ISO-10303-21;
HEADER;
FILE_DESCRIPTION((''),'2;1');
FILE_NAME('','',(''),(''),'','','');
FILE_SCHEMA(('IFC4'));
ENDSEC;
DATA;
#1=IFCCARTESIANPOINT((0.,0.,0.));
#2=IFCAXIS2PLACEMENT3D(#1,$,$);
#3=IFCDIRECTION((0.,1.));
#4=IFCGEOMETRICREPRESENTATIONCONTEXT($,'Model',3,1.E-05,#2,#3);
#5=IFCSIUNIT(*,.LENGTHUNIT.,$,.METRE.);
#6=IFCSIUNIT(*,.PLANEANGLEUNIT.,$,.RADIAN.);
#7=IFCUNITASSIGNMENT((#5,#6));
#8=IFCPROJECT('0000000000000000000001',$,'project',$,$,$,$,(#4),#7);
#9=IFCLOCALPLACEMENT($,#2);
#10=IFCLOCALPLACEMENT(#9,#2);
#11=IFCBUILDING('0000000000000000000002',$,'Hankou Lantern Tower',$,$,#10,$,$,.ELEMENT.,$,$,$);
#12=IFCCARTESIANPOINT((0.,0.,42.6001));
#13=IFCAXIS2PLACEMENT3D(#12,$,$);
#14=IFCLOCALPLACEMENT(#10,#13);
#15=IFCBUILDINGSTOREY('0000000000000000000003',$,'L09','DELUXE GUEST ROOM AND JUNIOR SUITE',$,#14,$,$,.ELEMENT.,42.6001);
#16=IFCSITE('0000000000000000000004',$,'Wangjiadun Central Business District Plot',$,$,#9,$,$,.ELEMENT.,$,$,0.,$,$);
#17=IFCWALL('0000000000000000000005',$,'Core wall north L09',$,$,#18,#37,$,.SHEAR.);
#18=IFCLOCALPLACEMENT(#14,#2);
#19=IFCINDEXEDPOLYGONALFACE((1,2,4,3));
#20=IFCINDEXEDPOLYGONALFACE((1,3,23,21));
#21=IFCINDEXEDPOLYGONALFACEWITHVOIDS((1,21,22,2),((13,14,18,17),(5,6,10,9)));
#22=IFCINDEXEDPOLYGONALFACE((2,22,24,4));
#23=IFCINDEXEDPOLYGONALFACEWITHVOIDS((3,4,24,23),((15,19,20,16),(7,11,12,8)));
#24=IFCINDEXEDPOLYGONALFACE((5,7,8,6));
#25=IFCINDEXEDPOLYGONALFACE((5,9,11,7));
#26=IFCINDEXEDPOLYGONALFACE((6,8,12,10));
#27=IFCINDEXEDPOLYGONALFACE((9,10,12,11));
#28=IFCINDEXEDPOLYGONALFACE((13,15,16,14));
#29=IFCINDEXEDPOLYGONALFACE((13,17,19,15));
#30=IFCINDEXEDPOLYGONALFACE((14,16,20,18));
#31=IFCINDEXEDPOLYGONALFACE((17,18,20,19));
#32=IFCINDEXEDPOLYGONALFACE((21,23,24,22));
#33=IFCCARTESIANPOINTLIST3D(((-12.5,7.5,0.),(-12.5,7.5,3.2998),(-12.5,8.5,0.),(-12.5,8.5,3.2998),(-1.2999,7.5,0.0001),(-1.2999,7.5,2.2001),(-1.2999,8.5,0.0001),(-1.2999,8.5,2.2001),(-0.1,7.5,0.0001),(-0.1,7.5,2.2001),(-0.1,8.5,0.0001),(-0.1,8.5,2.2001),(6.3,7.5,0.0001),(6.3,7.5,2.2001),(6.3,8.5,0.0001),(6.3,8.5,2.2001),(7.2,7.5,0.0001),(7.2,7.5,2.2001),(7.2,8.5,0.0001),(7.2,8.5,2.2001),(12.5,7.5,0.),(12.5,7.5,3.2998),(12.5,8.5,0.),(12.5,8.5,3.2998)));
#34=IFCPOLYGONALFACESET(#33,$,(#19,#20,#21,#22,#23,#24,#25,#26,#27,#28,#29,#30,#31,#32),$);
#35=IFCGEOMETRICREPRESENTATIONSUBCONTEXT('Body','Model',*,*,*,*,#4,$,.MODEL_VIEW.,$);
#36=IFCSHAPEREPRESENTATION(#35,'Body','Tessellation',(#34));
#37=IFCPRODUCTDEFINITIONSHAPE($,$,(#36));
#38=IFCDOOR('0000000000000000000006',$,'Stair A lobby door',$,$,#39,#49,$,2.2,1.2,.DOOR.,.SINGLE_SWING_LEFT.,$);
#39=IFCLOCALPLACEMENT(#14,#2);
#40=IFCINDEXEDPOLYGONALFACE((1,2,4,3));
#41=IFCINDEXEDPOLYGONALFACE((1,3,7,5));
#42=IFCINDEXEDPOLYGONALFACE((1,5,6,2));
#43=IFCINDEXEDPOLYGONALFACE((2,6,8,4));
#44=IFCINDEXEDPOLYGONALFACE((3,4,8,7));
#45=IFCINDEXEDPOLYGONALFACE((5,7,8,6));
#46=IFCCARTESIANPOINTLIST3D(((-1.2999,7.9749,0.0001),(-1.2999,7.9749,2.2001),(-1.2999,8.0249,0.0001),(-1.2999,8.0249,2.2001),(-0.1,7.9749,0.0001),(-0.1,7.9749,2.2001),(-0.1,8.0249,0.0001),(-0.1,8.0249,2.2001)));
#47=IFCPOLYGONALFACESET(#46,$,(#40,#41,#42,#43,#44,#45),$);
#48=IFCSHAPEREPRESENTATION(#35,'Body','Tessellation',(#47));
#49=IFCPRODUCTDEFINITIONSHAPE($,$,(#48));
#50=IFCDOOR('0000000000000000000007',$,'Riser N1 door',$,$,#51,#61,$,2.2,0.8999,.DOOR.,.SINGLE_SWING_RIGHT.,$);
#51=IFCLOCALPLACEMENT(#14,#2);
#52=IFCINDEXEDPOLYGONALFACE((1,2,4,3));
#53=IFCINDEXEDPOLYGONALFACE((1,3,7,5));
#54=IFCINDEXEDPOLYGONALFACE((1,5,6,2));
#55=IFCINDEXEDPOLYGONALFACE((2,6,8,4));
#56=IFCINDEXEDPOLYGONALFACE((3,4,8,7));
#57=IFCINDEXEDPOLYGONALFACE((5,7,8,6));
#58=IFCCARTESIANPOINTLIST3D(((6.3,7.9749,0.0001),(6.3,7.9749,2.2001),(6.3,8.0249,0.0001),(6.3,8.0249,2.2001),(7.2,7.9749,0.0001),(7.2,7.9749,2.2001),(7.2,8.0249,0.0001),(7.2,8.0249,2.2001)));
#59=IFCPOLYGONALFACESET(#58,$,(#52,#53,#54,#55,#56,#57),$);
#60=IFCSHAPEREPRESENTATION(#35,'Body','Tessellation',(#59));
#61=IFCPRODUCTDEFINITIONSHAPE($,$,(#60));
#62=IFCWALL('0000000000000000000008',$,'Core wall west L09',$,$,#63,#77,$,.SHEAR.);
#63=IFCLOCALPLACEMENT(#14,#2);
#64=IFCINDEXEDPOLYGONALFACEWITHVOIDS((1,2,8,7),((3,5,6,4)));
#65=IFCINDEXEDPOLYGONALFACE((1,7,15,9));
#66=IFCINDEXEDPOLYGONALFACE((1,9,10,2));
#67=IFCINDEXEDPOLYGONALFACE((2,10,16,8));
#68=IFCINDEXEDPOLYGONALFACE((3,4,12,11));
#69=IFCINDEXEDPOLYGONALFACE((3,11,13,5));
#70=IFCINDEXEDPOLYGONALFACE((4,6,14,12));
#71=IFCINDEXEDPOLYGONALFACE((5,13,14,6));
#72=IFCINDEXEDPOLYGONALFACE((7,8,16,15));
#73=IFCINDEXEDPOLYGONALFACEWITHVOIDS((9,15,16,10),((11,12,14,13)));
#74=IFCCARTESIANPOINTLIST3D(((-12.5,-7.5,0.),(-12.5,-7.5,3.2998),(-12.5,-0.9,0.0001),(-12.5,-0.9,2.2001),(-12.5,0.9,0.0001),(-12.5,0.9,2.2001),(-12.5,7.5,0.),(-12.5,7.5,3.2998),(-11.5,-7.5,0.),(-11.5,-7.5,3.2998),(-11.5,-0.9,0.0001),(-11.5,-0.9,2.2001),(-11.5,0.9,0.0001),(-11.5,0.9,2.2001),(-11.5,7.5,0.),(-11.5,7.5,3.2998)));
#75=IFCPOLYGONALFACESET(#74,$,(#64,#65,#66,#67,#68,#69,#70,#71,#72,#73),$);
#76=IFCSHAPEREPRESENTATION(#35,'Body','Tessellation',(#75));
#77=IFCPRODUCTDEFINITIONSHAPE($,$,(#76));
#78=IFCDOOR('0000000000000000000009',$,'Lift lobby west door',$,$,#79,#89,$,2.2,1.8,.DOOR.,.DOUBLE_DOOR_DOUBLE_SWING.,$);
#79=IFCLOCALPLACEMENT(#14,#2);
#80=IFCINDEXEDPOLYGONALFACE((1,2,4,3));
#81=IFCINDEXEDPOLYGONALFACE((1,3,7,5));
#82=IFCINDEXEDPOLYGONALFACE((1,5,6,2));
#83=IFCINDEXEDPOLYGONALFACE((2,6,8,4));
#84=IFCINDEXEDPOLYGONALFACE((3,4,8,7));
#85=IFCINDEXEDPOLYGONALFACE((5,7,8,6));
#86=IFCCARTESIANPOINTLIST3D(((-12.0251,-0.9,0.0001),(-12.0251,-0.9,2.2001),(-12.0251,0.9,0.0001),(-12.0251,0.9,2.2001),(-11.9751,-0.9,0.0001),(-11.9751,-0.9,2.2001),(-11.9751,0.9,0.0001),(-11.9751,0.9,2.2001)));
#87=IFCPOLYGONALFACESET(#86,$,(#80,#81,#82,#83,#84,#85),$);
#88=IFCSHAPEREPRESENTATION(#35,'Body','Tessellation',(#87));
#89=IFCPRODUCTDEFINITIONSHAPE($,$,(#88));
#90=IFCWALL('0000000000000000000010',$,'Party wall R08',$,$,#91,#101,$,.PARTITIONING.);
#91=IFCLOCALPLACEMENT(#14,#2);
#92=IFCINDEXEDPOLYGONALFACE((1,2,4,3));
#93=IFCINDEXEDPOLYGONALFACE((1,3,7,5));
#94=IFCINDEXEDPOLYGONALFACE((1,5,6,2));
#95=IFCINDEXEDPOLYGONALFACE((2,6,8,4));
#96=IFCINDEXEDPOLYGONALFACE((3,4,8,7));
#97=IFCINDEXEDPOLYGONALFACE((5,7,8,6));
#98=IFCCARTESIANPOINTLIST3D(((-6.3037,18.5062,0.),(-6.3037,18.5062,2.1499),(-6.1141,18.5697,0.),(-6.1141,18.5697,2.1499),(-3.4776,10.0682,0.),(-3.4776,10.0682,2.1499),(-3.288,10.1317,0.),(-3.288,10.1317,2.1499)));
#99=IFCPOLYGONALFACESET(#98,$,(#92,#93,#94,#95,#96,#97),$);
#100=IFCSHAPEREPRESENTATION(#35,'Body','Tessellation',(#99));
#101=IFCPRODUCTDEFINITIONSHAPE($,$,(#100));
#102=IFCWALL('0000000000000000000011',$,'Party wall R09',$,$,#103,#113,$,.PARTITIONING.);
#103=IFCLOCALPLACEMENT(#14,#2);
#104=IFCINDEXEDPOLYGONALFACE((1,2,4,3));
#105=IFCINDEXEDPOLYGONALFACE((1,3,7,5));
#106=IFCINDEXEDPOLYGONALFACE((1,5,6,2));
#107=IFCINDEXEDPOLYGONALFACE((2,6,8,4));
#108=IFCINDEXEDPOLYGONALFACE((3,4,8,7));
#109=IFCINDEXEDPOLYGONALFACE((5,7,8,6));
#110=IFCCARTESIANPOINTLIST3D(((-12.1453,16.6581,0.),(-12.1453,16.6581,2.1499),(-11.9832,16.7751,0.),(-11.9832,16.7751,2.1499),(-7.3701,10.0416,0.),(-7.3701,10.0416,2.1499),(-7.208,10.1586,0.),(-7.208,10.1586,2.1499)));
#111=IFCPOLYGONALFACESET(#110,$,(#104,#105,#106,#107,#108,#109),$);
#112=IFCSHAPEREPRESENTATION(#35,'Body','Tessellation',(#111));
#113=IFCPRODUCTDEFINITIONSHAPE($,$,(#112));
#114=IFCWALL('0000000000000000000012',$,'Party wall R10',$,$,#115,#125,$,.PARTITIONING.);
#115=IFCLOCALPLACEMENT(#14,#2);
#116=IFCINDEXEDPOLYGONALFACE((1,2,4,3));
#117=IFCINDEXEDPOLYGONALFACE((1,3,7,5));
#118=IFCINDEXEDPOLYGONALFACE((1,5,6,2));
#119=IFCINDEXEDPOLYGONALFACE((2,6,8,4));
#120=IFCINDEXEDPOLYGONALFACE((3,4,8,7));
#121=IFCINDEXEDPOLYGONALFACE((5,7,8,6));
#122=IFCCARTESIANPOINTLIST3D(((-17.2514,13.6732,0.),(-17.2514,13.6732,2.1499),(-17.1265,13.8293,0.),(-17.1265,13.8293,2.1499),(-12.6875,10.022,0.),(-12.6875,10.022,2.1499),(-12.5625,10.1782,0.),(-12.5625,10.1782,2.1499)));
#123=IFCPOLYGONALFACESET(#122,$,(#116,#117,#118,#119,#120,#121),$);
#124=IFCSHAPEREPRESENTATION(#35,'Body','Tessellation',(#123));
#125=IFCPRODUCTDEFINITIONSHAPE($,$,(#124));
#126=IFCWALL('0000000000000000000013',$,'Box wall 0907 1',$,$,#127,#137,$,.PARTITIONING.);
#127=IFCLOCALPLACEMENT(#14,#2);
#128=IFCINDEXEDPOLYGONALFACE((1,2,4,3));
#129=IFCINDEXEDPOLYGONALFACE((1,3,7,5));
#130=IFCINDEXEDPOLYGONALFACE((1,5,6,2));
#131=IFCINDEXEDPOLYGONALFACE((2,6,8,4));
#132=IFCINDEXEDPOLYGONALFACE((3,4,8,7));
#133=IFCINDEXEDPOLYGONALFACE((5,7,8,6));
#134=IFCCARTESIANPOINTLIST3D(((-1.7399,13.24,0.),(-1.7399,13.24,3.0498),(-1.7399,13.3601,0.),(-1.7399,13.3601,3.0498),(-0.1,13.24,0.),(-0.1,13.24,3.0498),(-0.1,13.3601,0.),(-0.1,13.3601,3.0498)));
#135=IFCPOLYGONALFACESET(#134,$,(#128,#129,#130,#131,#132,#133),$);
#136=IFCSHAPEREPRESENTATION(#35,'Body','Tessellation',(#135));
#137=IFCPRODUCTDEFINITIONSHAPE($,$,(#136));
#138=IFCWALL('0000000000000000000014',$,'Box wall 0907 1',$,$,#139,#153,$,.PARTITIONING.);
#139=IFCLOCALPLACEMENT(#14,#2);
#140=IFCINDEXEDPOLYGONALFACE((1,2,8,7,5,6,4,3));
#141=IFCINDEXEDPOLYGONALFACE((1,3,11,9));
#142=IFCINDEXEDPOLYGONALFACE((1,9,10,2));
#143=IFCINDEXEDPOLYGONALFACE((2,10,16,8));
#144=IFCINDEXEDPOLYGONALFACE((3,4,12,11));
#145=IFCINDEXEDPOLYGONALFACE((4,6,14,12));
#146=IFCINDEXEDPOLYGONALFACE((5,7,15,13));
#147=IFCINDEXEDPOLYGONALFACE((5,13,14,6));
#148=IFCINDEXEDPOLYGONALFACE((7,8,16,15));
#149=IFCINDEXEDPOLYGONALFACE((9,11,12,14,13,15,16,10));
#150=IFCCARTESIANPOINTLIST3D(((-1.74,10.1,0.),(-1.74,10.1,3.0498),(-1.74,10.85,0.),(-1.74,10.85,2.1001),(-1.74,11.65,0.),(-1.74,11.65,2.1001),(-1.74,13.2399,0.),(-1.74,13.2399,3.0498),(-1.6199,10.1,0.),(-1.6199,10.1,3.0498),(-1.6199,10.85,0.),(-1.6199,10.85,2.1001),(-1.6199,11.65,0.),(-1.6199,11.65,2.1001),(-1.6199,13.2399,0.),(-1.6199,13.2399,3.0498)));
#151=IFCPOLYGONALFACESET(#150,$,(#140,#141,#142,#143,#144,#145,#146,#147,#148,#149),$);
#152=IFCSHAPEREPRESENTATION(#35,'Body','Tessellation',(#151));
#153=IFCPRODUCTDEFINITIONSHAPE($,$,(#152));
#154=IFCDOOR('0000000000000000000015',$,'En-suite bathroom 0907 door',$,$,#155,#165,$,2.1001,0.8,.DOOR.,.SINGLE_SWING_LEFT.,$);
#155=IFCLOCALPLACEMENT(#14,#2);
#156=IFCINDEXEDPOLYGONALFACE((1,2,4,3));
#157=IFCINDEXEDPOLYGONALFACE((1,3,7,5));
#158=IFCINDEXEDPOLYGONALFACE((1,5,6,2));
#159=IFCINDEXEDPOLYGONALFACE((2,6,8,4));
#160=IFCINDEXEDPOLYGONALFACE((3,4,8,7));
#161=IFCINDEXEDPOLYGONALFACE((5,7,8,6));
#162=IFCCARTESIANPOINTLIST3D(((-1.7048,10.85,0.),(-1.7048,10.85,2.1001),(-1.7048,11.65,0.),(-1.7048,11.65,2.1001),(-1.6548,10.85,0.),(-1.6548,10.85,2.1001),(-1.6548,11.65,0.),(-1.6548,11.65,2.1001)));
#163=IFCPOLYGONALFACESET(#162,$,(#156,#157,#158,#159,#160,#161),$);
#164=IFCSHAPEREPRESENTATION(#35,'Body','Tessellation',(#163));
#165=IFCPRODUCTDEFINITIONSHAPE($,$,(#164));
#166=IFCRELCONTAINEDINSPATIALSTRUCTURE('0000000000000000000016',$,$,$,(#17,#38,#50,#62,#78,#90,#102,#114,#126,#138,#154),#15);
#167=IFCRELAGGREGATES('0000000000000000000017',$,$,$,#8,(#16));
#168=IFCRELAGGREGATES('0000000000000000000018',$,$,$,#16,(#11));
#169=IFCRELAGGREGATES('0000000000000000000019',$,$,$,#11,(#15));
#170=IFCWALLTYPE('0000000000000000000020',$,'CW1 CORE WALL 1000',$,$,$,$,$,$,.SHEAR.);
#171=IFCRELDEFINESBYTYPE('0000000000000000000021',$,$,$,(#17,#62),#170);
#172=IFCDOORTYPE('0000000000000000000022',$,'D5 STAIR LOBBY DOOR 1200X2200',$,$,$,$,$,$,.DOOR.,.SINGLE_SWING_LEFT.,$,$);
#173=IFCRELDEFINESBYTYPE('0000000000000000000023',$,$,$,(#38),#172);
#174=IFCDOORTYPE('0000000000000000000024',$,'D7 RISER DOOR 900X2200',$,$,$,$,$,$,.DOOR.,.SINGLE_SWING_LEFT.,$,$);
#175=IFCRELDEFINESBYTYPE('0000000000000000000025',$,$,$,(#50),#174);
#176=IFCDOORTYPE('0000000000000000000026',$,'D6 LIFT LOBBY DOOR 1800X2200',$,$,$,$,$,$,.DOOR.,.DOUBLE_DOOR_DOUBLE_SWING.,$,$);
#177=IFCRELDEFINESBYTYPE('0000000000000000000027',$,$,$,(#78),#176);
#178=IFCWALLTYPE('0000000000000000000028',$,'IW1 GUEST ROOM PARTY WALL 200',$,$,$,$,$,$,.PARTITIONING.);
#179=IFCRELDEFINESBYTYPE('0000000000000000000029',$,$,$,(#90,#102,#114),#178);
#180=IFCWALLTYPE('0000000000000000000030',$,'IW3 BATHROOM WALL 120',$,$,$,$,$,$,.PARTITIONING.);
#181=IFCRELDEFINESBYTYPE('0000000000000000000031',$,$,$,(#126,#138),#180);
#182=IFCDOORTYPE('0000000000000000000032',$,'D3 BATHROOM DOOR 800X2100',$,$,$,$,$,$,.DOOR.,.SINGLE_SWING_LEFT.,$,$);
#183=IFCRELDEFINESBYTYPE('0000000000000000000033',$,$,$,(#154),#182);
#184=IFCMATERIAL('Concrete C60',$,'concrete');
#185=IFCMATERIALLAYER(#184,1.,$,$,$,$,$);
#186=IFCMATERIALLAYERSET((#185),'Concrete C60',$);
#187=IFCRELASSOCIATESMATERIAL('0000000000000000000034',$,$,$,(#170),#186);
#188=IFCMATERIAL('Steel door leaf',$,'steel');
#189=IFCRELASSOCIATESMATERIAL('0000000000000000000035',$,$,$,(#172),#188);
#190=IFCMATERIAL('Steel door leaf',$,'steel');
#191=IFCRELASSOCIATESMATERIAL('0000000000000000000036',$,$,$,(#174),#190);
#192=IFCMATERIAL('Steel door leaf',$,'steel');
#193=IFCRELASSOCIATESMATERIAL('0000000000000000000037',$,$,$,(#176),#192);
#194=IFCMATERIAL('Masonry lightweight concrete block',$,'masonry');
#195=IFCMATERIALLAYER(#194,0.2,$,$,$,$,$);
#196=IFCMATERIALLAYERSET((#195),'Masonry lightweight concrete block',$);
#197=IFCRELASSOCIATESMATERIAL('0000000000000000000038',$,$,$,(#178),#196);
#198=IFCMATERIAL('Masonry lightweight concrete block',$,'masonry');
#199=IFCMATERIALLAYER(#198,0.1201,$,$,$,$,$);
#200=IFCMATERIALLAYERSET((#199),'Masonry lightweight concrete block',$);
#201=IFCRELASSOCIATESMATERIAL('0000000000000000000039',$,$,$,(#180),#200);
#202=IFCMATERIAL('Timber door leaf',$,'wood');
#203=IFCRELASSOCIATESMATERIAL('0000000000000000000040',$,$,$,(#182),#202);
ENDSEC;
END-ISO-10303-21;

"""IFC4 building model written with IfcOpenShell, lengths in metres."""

from ifc_helpers import new_model, si_unit, direction, frame, frame_2d, origin, place, context, subcontext, project, spatial, rectangle, extrude, material, layer, layer_set, type_object, element, fill, save


model = new_model("IFC4")

# Units and contexts
model_context = context("Model", 3, precision=1e-05, world=origin(), true_north=direction((0.0, 1.0)))
body_context = subcontext(model_context, "Body", "Model", "MODEL_VIEW")
ifc_project = project(units=[si_unit("LENGTHUNIT", "METRE"), si_unit("PLANEANGLEUNIT", "RADIAN")], contexts=[model_context])

# Site, building, storey
site_placement = place(None, origin())
site = spatial("IfcSite", under=ifc_project, at=site_placement, Name="Wangjiadun Central Business District Plot", CompositionType="ELEMENT", RefElevation=0.0)
building_placement = place(site_placement, origin())
building = spatial("IfcBuilding", under=site, at=building_placement, Name="Hankou Lantern Tower", CompositionType="ELEMENT")
storey_placement = place(building_placement, frame((0.0, 0.0, 42.6001)))
storey = spatial("IfcBuildingStorey", under=building, at=storey_placement, Name="L09", Description="DELUXE GUEST ROOM AND JUNIOR SUITE", CompositionType="ELEMENT", Elevation=42.6001)

# Wall, openings, doors
ifc_material_1 = material(Name="Concrete C60", Category="concrete")
ifc_layer_1 = layer(ifc_material_1, 1.0)
ifc_layer_set_1 = layer_set([ifc_layer_1], Name="Concrete C60")
wall_type_1 = type_object("IfcWallType", Name="CW1 CORE WALL 1000", PredefinedType="SHEAR", material=ifc_layer_set_1)
wall_1_placement = place(storey_placement, frame((-12.5, 8.0, 0.0), z_axis=(0.0, 0.0, 1.0), x_axis=(1.0, 0.0, 0.0)))
wall_1 = element("IfcWall", 1, at=wall_1_placement, inside=storey, type_object=wall_type_1, Name="Core wall north L09", PredefinedType="SHEAR", context=body_context, shape_type="SweptSolid", body=[
    extrude(rectangle(XDim=25.0, YDim=1.0, at=frame_2d((12.5, 0.0))), origin(), (0.0, 0.0, 1.0), 3.2998),
])
opening_1_placement = place(wall_1_placement, frame((11.2, 0.0, 0.0)))
opening_1 = element("IfcOpeningElement", 2, at=opening_1_placement, cuts=wall_1, PredefinedType="OPENING", context=body_context, shape_type="SweptSolid", body=[
    extrude(rectangle(XDim=1.2, YDim=2.2, at=frame_2d((0.6001, 1.1001))), frame((0.0, 0.51, 0.0), z_axis=(0.0, -1.0, 0.0), x_axis=(1.0, 0.0, 0.0)), (0.0, 0.0, 1.0), 1.02),
])
opening_2_placement = place(wall_1_placement, frame((18.8, 0.0, 0.0)))
opening_2 = element("IfcOpeningElement", 3, at=opening_2_placement, cuts=wall_1, PredefinedType="OPENING", context=body_context, shape_type="SweptSolid", body=[
    extrude(rectangle(XDim=0.8999, YDim=2.2, at=frame_2d((0.45, 1.1001))), frame((0.0, 0.51, 0.0), z_axis=(0.0, -1.0, 0.0), x_axis=(1.0, 0.0, 0.0)), (0.0, 0.0, 1.0), 1.02),
])
ifc_material_2 = material(Name="Steel door leaf", Category="steel")
door_type_1 = type_object("IfcDoorType", Name="D5 STAIR LOBBY DOOR 1200X2200", OperationType="SINGLE_SWING_LEFT", PredefinedType="DOOR", material=ifc_material_2)
door_1_placement = place(opening_1_placement, origin())
door_1 = element("IfcDoor", 4, at=door_1_placement, inside=storey, type_object=door_type_1, Name="Stair A lobby door", OperationType="SINGLE_SWING_LEFT", OverallHeight=2.2, OverallWidth=1.2, PredefinedType="DOOR", context=body_context, shape_type="SweptSolid", body=[
    extrude(rectangle(XDim=1.2, YDim=2.2, at=frame_2d((0.6001, 1.1001))), frame((0.0, 0.0249, 0.0), z_axis=(0.0, -1.0, 0.0), x_axis=(1.0, 0.0, 0.0)), (0.0, 0.0, 1.0), 0.05),
])
fill(opening_1, door_1)
ifc_material_3 = material(Name="Steel door leaf", Category="steel")
door_type_2 = type_object("IfcDoorType", Name="D7 RISER DOOR 900X2200", OperationType="SINGLE_SWING_LEFT", PredefinedType="DOOR", material=ifc_material_3)
door_2_placement = place(opening_2_placement, origin())
door_2 = element("IfcDoor", 5, at=door_2_placement, inside=storey, type_object=door_type_2, Name="Riser N1 door", OperationType="SINGLE_SWING_RIGHT", OverallHeight=2.2, OverallWidth=0.8999, PredefinedType="DOOR", context=body_context, shape_type="SweptSolid", body=[
    extrude(rectangle(XDim=0.8999, YDim=2.2, at=frame_2d((0.45, 1.1001))), frame((0.0, 0.0249, 0.0), z_axis=(0.0, -1.0, 0.0), x_axis=(1.0, 0.0, 0.0)), (0.0, 0.0, 1.0), 0.05),
])
fill(opening_2, door_2)

# Wall, opening, door
wall_2_placement = place(storey_placement, frame((-12.0, 7.5, 0.0), z_axis=(0.0, 0.0, 1.0), x_axis=(0.0, -1.0, 0.0)))
wall_2 = element("IfcWall", 6, at=wall_2_placement, inside=storey, type_object=wall_type_1, Name="Core wall west L09", PredefinedType="SHEAR", context=body_context, shape_type="SweptSolid", body=[
    extrude(rectangle(XDim=15.0, YDim=1.0, at=frame_2d((7.5, 0.0))), origin(), (0.0, 0.0, 1.0), 3.2998),
])
opening_3_placement = place(wall_2_placement, frame((6.6001, 0.0, 0.0)))
opening_3 = element("IfcOpeningElement", 7, at=opening_3_placement, cuts=wall_2, PredefinedType="OPENING", context=body_context, shape_type="SweptSolid", body=[
    extrude(rectangle(XDim=1.8, YDim=2.2, at=frame_2d((0.8999, 1.1001))), frame((0.0, 0.51, 0.0), z_axis=(0.0, -1.0, 0.0), x_axis=(1.0, 0.0, 0.0)), (0.0, 0.0, 1.0), 1.02),
])
ifc_material_4 = material(Name="Steel door leaf", Category="steel")
door_type_3 = type_object("IfcDoorType", Name="D6 LIFT LOBBY DOOR 1800X2200", OperationType="DOUBLE_DOOR_DOUBLE_SWING", PredefinedType="DOOR", material=ifc_material_4)
door_3_placement = place(opening_3_placement, origin())
door_3 = element("IfcDoor", 8, at=door_3_placement, inside=storey, type_object=door_type_3, Name="Lift lobby west door", OperationType="DOUBLE_DOOR_DOUBLE_SWING", OverallHeight=2.2, OverallWidth=1.8, PredefinedType="DOOR", context=body_context, shape_type="SweptSolid", body=[
    extrude(rectangle(XDim=1.8, YDim=2.2, at=frame_2d((0.8999, 1.1001))), frame((0.0, 0.0249, 0.0), z_axis=(0.0, -1.0, 0.0), x_axis=(1.0, 0.0, 0.0)), (0.0, 0.0, 1.0), 0.05),
])
fill(opening_3, door_3)

# Walls
ifc_material_5 = material(Name="Masonry lightweight concrete block", Category="masonry")
ifc_layer_2 = layer(ifc_material_5, 0.2)
ifc_layer_set_2 = layer_set([ifc_layer_2], Name="Masonry lightweight concrete block")
wall_type_2 = type_object("IfcWallType", Name="IW1 GUEST ROOM PARTY WALL 200", PredefinedType="PARTITIONING", material=ifc_layer_set_2)
wall_3_placement = place(storey_placement, frame((-3.3828, 10.1001, 0.0), z_axis=(0.0, 0.0, 1.0), x_axis=(-0.317594, 0.948227, 0.0)))
element("IfcWall", 9, at=wall_3_placement, inside=storey, type_object=wall_type_2, Name="Party wall R08", PredefinedType="PARTITIONING", context=body_context, shape_type="SweptSolid", body=[
    extrude(rectangle(XDim=8.8987, YDim=0.2, at=frame_2d((4.4492, 0.0))), origin(), (0.0, 0.0, 1.0), 2.1499),
])
wall_4_placement = place(storey_placement, frame((-7.2891, 10.1001, 0.0), z_axis=(0.0, 0.0, 1.0), x_axis=(-0.585216, 0.810877, 0.0)))
element("IfcWall", 10, at=wall_4_placement, inside=storey, type_object=wall_type_2, Name="Party wall R09", PredefinedType="PARTITIONING", context=body_context, shape_type="SweptSolid", body=[
    extrude(rectangle(XDim=8.1597, YDim=0.2, at=frame_2d((4.0798, 0.0))), origin(), (0.0, 0.0, 1.0), 2.1499),
])
wall_5_placement = place(storey_placement, frame((-12.625, 10.1001, 0.0), z_axis=(0.0, 0.0, 1.0), x_axis=(-0.780873, 0.62469, 0.0)))
element("IfcWall", 11, at=wall_5_placement, inside=storey, type_object=wall_type_2, Name="Party wall R10", PredefinedType="PARTITIONING", context=body_context, shape_type="SweptSolid", body=[
    extrude(rectangle(XDim=5.8447, YDim=0.2, at=frame_2d((2.9224, 0.0))), origin(), (0.0, 0.0, 1.0), 2.1499),
])
ifc_material_6 = material(Name="Masonry lightweight concrete block", Category="masonry")
ifc_layer_3 = layer(ifc_material_6, 0.1201)
ifc_layer_set_3 = layer_set([ifc_layer_3], Name="Masonry lightweight concrete block")
wall_type_3 = type_object("IfcWallType", Name="IW3 BATHROOM WALL 120", PredefinedType="PARTITIONING", material=ifc_layer_set_3)
wall_6_placement = place(storey_placement, frame((-0.1001, 13.3, 0.0), z_axis=(0.0, 0.0, 1.0), x_axis=(-1.0, 0.0, 0.0)))
element("IfcWall", 12, at=wall_6_placement, inside=storey, type_object=wall_type_3, Name="Box wall 0907 1", PredefinedType="PARTITIONING", context=body_context, shape_type="SweptSolid", body=[
    extrude(rectangle(XDim=1.6399, YDim=0.1201, at=frame_2d((0.8198, 0.0))), origin(), (0.0, 0.0, 1.0), 3.0498),
])

# Wall, opening, door
wall_7_placement = place(storey_placement, frame((-1.6799, 10.1001, 0.0), z_axis=(0.0, 0.0, 1.0), x_axis=(0.0, 1.0, 0.0)))
wall_7 = element("IfcWall", 13, at=wall_7_placement, inside=storey, type_object=wall_type_3, Name="Box wall 0907 1", PredefinedType="PARTITIONING", context=body_context, shape_type="SweptSolid", body=[
    extrude(rectangle(XDim=3.1399, YDim=0.1201, at=frame_2d((1.5698, 0.0))), origin(), (0.0, 0.0, 1.0), 3.0498),
])
opening_4_placement = place(wall_7_placement, frame((0.75, 0.0, 0.0)))
opening_4 = element("IfcOpeningElement", 14, at=opening_4_placement, cuts=wall_7, PredefinedType="OPENING", context=body_context, shape_type="SweptSolid", body=[
    extrude(rectangle(XDim=0.8, YDim=2.1001, at=frame_2d((0.3999, 1.05))), frame((0.0, 0.0701, 0.0), z_axis=(0.0, -1.0, 0.0), x_axis=(1.0, 0.0, 0.0)), (0.0, 0.0, 1.0), 0.1401),
])
ifc_material_7 = material(Name="Timber door leaf", Category="wood")
door_type_4 = type_object("IfcDoorType", Name="D3 BATHROOM DOOR 800X2100", OperationType="SINGLE_SWING_LEFT", PredefinedType="DOOR", material=ifc_material_7)
door_4_placement = place(opening_4_placement, origin())
door_4 = element("IfcDoor", 15, at=door_4_placement, inside=storey, type_object=door_type_4, Name="En-suite bathroom 0907 door", OperationType="SINGLE_SWING_LEFT", OverallHeight=2.1001, OverallWidth=0.8, PredefinedType="DOOR", context=body_context, shape_type="SweptSolid", body=[
    extrude(rectangle(XDim=0.8, YDim=2.1001, at=frame_2d((0.3999, 1.05))), frame((0.0, 0.0249, 0.0), z_axis=(0.0, -1.0, 0.0), x_axis=(1.0, 0.0, 0.0)), (0.0, 0.0, 1.0), 0.05),
])
fill(opening_4, door_4)

save(model, "model.ifc")
